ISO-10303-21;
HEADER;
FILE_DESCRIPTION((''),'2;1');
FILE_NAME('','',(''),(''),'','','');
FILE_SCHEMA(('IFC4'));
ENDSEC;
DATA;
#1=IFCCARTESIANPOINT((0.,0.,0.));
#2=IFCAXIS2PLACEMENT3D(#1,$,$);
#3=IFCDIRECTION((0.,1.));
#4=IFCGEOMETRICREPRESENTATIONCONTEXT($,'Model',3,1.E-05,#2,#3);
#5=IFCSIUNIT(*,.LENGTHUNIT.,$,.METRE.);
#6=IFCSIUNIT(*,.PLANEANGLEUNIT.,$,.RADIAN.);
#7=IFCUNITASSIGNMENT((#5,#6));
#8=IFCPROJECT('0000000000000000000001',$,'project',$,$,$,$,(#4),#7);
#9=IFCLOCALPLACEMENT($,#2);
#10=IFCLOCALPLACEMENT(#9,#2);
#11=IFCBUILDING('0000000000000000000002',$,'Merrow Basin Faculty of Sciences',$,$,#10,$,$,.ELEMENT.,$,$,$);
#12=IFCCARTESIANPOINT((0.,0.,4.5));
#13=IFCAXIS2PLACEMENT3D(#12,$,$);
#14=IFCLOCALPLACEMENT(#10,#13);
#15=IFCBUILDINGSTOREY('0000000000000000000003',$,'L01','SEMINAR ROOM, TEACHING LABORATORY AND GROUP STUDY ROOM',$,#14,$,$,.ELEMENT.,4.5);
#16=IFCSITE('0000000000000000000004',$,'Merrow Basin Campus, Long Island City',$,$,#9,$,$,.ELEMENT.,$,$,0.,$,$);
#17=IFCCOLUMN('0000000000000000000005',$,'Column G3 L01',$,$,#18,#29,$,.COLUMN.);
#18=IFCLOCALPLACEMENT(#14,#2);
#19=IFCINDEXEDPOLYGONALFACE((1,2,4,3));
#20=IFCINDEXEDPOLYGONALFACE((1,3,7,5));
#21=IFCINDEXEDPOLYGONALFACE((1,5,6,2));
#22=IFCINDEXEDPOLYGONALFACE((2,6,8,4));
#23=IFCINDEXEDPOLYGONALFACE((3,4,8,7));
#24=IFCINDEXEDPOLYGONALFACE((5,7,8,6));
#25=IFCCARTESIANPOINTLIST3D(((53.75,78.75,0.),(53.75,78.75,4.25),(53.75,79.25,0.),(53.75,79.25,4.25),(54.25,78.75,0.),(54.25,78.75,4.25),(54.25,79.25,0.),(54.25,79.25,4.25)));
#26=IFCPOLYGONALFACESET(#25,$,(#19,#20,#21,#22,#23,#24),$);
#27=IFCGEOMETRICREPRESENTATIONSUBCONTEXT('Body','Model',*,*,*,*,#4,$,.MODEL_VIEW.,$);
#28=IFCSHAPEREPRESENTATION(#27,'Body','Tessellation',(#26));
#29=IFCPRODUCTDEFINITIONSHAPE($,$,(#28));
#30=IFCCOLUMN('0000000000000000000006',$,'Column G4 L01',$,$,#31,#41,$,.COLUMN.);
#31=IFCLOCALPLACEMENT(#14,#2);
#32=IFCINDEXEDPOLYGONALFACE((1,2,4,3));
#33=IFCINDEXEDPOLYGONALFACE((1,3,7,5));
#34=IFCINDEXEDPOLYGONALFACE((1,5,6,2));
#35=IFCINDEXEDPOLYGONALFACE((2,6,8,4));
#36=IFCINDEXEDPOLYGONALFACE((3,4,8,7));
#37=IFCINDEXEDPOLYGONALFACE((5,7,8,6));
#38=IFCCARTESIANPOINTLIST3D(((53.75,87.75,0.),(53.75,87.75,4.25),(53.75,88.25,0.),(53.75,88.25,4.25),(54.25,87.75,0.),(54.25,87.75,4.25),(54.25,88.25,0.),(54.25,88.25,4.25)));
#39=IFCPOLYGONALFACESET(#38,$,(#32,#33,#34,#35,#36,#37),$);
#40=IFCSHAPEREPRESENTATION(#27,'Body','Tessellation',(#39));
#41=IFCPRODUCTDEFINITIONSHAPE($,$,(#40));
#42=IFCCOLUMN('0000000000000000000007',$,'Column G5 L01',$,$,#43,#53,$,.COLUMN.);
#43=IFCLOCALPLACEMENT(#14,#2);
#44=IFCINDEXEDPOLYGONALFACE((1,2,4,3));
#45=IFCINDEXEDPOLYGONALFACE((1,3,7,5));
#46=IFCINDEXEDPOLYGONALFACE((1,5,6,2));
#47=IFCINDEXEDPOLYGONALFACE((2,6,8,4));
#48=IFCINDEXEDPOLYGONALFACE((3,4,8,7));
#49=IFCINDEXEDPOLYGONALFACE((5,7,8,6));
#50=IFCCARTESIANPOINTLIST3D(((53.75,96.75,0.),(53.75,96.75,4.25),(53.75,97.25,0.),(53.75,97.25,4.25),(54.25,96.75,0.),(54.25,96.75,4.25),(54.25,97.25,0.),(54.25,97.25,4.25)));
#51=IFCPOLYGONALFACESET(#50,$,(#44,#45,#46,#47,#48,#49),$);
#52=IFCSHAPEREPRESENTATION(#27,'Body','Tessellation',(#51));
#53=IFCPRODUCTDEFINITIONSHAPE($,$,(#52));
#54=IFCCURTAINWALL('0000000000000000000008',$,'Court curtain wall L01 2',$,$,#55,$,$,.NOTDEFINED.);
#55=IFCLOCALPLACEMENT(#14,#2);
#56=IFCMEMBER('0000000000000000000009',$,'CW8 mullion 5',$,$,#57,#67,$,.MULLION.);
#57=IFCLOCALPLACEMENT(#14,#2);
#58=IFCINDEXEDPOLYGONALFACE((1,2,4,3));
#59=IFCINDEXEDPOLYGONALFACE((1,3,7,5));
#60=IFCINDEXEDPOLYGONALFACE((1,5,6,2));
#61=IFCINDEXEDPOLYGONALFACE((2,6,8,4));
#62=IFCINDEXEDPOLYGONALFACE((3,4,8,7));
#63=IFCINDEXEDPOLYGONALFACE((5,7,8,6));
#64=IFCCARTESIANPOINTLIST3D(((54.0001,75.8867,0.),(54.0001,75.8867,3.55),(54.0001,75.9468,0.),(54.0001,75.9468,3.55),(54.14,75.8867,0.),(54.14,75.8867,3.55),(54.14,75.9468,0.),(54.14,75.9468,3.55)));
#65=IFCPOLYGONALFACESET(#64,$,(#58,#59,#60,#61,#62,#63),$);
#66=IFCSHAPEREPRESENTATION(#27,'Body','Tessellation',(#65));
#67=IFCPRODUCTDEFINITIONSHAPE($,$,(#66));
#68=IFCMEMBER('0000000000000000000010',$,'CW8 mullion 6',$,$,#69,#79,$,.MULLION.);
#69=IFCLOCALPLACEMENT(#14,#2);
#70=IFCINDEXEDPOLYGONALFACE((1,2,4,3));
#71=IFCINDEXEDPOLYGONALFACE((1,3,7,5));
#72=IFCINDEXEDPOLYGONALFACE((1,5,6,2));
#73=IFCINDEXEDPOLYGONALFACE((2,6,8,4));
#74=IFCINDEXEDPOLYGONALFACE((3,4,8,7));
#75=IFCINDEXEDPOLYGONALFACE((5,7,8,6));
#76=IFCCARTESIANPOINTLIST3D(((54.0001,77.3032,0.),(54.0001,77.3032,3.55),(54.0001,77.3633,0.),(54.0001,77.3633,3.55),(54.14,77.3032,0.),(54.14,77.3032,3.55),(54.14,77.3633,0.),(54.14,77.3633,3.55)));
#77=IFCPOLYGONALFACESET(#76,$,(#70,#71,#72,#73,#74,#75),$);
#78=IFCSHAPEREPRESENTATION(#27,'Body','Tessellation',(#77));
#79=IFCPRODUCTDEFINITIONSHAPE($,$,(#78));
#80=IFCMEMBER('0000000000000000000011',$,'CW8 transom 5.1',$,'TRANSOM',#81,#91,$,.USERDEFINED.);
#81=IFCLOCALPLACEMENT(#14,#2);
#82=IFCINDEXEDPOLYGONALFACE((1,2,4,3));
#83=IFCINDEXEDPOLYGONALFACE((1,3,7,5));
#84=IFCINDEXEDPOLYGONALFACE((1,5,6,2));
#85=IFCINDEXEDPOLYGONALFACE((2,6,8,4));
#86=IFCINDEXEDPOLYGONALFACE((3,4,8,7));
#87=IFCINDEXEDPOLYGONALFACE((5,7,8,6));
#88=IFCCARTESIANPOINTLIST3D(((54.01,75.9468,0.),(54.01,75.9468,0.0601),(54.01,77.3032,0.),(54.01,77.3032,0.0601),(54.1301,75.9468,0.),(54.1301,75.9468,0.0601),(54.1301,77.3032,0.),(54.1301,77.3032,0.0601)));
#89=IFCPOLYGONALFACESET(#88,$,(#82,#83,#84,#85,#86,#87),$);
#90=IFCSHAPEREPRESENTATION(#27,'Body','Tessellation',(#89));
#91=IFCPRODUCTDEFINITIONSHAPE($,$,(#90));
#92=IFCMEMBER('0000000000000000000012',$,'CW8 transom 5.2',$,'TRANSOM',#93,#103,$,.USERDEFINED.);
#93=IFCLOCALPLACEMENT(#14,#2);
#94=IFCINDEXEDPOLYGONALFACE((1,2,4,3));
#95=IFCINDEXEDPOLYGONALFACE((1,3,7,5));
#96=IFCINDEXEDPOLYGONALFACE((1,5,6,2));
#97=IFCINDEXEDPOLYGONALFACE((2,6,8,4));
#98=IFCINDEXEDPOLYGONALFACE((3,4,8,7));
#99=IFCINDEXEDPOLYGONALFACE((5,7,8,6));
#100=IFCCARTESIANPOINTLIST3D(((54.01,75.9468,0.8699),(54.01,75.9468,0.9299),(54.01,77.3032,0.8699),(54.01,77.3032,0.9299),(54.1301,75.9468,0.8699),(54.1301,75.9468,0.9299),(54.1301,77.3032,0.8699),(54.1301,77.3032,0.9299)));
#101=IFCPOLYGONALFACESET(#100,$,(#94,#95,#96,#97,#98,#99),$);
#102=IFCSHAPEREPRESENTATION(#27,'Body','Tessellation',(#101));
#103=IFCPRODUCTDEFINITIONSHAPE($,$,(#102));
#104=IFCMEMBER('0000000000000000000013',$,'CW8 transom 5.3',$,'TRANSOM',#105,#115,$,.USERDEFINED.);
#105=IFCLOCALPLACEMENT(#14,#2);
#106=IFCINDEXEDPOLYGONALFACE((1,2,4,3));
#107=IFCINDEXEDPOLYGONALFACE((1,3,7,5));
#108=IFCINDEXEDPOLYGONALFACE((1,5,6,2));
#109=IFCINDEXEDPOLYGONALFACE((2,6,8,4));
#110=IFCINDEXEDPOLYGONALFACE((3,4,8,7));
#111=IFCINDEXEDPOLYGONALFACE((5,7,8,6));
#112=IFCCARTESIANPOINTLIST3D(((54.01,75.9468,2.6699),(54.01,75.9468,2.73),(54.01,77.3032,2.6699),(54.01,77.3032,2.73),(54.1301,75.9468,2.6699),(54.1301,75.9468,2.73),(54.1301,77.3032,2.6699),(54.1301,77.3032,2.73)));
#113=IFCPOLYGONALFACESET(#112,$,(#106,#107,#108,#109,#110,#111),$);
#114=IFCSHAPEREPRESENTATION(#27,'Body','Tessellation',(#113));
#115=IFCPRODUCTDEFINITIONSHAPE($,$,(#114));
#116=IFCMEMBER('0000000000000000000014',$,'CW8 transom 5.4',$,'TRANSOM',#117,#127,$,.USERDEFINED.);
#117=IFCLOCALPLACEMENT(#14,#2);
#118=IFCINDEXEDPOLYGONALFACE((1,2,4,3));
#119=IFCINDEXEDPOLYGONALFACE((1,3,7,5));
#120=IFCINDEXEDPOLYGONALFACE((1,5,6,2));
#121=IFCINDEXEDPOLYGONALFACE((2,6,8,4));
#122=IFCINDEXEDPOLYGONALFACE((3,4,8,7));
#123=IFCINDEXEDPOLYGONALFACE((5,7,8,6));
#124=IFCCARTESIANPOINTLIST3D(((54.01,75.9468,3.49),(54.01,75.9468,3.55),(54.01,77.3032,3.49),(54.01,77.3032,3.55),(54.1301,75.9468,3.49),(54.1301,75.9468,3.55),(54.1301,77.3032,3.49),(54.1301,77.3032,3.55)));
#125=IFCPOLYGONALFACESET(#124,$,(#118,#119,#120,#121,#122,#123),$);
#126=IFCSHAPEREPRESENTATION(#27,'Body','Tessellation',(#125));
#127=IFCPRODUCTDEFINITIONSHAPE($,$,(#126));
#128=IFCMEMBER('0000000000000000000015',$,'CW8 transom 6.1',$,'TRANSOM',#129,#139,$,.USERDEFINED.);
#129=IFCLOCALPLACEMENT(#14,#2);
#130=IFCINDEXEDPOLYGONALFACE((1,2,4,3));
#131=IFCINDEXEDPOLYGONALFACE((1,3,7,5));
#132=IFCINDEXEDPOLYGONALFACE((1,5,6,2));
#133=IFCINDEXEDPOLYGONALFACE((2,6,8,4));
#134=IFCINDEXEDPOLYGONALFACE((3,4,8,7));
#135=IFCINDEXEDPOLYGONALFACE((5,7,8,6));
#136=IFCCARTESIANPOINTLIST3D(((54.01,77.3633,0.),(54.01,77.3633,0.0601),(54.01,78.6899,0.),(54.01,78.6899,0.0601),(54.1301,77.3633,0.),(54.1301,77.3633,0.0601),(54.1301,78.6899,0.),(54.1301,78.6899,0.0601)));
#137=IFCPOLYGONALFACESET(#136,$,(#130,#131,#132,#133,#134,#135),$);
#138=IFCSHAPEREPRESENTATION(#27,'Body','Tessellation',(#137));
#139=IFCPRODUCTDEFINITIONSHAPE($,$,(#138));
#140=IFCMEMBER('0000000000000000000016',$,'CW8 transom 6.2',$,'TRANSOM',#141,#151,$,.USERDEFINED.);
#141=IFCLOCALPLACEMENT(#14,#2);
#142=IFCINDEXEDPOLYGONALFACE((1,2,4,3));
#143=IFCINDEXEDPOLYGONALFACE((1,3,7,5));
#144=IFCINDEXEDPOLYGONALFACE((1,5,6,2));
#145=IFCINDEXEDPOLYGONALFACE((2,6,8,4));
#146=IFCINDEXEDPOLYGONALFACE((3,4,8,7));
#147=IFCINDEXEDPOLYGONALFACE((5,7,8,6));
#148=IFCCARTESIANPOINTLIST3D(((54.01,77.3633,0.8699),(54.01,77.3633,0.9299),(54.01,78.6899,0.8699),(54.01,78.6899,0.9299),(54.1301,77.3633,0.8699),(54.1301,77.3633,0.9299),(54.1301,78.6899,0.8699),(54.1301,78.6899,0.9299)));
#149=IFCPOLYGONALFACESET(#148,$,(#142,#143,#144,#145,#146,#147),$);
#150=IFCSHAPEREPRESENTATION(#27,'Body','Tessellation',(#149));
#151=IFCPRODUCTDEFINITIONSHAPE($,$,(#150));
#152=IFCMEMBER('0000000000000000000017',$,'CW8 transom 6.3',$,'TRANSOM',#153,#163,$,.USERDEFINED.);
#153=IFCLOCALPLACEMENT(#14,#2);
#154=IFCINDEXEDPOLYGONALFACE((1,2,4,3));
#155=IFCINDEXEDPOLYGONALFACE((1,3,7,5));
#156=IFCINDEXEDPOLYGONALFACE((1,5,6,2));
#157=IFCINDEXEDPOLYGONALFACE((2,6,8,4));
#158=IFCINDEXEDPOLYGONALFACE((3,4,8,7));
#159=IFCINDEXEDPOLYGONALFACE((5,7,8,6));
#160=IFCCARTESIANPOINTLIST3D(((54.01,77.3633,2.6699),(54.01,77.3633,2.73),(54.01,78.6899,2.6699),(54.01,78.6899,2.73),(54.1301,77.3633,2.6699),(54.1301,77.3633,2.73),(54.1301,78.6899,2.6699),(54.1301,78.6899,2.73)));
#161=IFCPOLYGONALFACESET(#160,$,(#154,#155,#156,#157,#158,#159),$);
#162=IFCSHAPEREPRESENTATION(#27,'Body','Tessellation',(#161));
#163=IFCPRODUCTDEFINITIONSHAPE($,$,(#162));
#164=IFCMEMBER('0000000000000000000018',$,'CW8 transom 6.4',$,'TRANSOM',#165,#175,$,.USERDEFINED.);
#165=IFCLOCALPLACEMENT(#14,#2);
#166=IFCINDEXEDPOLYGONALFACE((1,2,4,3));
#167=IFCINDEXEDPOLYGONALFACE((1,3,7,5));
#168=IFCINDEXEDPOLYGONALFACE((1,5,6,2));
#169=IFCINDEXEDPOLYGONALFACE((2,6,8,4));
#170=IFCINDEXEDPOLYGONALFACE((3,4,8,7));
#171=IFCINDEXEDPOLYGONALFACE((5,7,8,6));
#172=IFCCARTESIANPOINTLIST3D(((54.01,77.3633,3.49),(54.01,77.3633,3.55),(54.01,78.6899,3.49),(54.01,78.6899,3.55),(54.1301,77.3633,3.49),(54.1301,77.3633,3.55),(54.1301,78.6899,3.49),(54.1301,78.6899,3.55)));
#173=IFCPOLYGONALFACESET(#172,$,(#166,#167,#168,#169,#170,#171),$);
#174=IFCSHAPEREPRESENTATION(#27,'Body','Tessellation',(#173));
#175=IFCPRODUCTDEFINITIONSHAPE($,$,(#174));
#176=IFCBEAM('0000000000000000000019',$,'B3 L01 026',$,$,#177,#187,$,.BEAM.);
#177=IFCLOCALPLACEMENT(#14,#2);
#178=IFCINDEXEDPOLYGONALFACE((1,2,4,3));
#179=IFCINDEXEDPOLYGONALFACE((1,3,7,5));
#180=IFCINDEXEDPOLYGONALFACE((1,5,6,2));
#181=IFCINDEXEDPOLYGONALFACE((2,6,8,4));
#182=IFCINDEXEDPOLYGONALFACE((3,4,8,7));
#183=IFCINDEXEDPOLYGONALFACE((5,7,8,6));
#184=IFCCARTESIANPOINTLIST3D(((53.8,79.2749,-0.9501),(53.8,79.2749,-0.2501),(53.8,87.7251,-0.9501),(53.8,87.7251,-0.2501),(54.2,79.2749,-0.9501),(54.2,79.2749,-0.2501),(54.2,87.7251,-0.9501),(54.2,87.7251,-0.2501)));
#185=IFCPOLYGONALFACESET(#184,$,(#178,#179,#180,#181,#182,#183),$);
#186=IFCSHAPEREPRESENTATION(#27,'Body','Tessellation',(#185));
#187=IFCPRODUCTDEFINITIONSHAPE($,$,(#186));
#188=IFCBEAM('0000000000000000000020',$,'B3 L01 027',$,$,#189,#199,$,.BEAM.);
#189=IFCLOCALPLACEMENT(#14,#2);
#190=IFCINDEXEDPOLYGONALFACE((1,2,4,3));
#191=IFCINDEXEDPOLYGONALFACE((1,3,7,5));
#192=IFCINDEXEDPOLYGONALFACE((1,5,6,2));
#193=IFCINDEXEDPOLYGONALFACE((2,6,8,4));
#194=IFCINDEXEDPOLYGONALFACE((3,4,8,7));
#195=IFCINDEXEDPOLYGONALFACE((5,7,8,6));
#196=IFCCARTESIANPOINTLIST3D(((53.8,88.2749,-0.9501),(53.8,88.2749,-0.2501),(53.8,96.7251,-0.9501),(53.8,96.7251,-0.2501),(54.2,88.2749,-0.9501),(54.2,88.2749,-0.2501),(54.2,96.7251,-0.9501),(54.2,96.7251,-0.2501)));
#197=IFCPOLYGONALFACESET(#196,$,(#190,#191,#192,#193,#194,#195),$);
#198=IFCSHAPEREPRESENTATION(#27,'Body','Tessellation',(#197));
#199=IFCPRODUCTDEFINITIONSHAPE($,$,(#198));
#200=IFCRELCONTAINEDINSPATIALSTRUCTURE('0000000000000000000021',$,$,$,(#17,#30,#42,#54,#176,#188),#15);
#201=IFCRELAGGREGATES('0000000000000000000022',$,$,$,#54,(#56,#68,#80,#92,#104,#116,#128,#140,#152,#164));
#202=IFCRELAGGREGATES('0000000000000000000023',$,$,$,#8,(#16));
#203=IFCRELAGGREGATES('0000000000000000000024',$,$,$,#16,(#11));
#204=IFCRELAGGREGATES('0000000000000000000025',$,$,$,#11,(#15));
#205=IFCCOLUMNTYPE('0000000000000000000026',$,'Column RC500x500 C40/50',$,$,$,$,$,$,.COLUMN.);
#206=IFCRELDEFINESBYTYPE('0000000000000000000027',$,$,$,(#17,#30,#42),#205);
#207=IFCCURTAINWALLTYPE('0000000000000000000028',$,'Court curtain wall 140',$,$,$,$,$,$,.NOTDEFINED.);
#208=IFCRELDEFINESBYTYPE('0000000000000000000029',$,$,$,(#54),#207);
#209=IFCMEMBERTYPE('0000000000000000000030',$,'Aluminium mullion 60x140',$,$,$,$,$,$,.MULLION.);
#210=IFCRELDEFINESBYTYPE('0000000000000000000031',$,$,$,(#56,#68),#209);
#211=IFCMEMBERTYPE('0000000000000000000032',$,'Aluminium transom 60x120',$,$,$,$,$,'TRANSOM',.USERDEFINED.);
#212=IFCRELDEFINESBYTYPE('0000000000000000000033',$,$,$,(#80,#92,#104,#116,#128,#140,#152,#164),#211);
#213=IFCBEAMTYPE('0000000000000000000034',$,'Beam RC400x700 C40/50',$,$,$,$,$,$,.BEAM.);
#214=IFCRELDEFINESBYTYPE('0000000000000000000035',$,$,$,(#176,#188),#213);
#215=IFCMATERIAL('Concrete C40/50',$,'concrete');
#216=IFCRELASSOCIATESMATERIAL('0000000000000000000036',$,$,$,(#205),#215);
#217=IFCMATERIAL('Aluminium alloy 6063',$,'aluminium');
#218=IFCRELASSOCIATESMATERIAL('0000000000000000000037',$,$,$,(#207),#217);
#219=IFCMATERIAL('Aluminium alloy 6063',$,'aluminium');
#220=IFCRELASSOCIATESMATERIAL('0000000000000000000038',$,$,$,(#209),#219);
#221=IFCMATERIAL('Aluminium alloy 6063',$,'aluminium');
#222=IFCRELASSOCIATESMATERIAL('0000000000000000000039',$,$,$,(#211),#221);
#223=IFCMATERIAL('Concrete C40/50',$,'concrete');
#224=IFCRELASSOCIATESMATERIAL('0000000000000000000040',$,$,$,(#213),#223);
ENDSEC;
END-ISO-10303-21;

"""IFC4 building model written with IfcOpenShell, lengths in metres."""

from ifc_helpers import new_model, si_unit, direction, frame, origin, origin_2d, place, context, subcontext, project, spatial, rectangle, extrude, material, material_profile, profile_set, type_object, element, aggregate, save


model = new_model("IFC4")

# Units and contexts
model_context = context("Model", 3, precision=1e-05, world=origin(), true_north=direction((0.0, 1.0)))
body_context = subcontext(model_context, "Body", "Model", "MODEL_VIEW")
ifc_project = project(units=[si_unit("LENGTHUNIT", "METRE"), si_unit("PLANEANGLEUNIT", "RADIAN")], contexts=[model_context])

# Site, building, storey
site_placement = place(None, origin())
site = spatial("IfcSite", under=ifc_project, at=site_placement, Name="Merrow Basin Campus, Long Island City", CompositionType="ELEMENT", RefElevation=0.0)
building_placement = place(site_placement, origin())
building = spatial("IfcBuilding", under=site, at=building_placement, Name="Merrow Basin Faculty of Sciences", CompositionType="ELEMENT")
storey_placement = place(building_placement, frame((0.0, 0.0, 4.5)))
storey = spatial("IfcBuildingStorey", under=building, at=storey_placement, Name="L01", Description="SEMINAR ROOM, TEACHING LABORATORY AND GROUP STUDY ROOM", CompositionType="ELEMENT", Elevation=4.5)

# Columns
ifc_material_1 = material(Name="Concrete C40/50", Category="concrete")
ifc_material_profile_1 = material_profile(ifc_material_1, rectangle(XDim=0.5, YDim=0.5, at=origin_2d()))
ifc_profile_set_1 = profile_set([ifc_material_profile_1], Name="Concrete C40/50")
column_type = type_object("IfcColumnType", Name="Column RC500x500 C40/50", PredefinedType="COLUMN", material=ifc_profile_set_1)
for number, where, z_axis, x_axis, name in (
    (1, (54.0, 79.0, 0.0), (0.0, 0.0, 1.0), (1.0, 0.0, 0.0), "Column G3 L01"),
    (2, (54.0, 88.0, 0.0), (0.0, 0.0, 1.0), (1.0, 0.0, 0.0), "Column G4 L01"),
    (3, (54.0, 97.0, 0.0), (0.0, 0.0, 1.0), (1.0, 0.0, 0.0), "Column G5 L01"),
):
    element("IfcColumn", number, at=place(storey_placement, frame(where, z_axis=z_axis, x_axis=x_axis)), inside=storey, type_object=column_type, Name=name, PredefinedType="COLUMN", context=body_context, shape_type="SweptSolid", body=[
        extrude(rectangle(XDim=0.5, YDim=0.5, at=origin_2d()), origin(), (0.0, 0.0, 1.0), 4.25),
    ])

# Curtain wall, members
ifc_material_2 = material(Name="Aluminium alloy 6063", Category="aluminium")
curtain_wall_type = type_object("IfcCurtainWallType", Name="Court curtain wall 140", PredefinedType="NOTDEFINED", material=ifc_material_2)
curtain_wall_placement = place(storey_placement, origin())
curtain_wall = element("IfcCurtainWall", 4, at=curtain_wall_placement, inside=storey, type_object=curtain_wall_type, Name="Court curtain wall L01 2", PredefinedType="NOTDEFINED")
ifc_material_3 = material(Name="Aluminium alloy 6063", Category="aluminium")
ifc_material_profile_2 = material_profile(ifc_material_3, rectangle(XDim=0.1399, YDim=0.0601, at=origin_2d()))
ifc_profile_set_2 = profile_set([ifc_material_profile_2], Name="Aluminium alloy 6063")
member_type_1 = type_object("IfcMemberType", Name="Aluminium mullion 60x140", PredefinedType="MULLION", material=ifc_profile_set_2)
member_1_placement = place(storey_placement, frame((54.0701, 75.9167, 0.0), z_axis=(0.0, 0.0, 1.0), x_axis=(-1.0, 0.0, 0.0)))
member_1 = element("IfcMember", 5, at=member_1_placement, type_object=member_type_1, Name="CW8 mullion 5", PredefinedType="MULLION", context=body_context, shape_type="SweptSolid", body=[
    extrude(rectangle(XDim=0.1399, YDim=0.0601, at=origin_2d()), origin(), (0.0, 0.0, 1.0), 3.55),
])
member_2_placement = place(storey_placement, frame((54.0701, 77.3333, 0.0), z_axis=(0.0, 0.0, 1.0), x_axis=(-1.0, 0.0, 0.0)))
member_2 = element("IfcMember", 6, at=member_2_placement, type_object=member_type_1, Name="CW8 mullion 6", PredefinedType="MULLION", context=body_context, shape_type="SweptSolid", body=[
    extrude(rectangle(XDim=0.1399, YDim=0.0601, at=origin_2d()), origin(), (0.0, 0.0, 1.0), 3.55),
])
ifc_material_4 = material(Name="Aluminium alloy 6063", Category="aluminium")
ifc_material_profile_3 = material_profile(ifc_material_4, rectangle(XDim=0.1201, YDim=0.0601, at=origin_2d()))
ifc_profile_set_3 = profile_set([ifc_material_profile_3], Name="Aluminium alloy 6063")
member_type_2 = type_object("IfcMemberType", Name="Aluminium transom 60x120", ElementType="TRANSOM", PredefinedType="USERDEFINED", material=ifc_profile_set_3)
member_3_placement = place(storey_placement, frame((54.0701, 75.9468, 0.03), z_axis=(0.0, 1.0, 0.0), x_axis=(-1.0, 0.0, 0.0)))
member_3 = element("IfcMember", 7, at=member_3_placement, type_object=member_type_2, Name="CW8 transom 5.1", ObjectType="TRANSOM", PredefinedType="USERDEFINED", context=body_context, shape_type="SweptSolid", body=[
    extrude(rectangle(XDim=0.1201, YDim=0.0601, at=origin_2d()), origin(), (0.0, 0.0, 1.0), 1.3564),
])
member_4_placement = place(storey_placement, frame((54.0701, 75.9468, 0.8999), z_axis=(0.0, 1.0, 0.0), x_axis=(-1.0, 0.0, 0.0)))
member_4 = element("IfcMember", 8, at=member_4_placement, type_object=member_type_2, Name="CW8 transom 5.2", ObjectType="TRANSOM", PredefinedType="USERDEFINED", context=body_context, shape_type="SweptSolid", body=[
    extrude(rectangle(XDim=0.1201, YDim=0.0601, at=origin_2d()), origin(), (0.0, 0.0, 1.0), 1.3564),
])
member_5_placement = place(storey_placement, frame((54.0701, 75.9468, 2.7), z_axis=(0.0, 1.0, 0.0), x_axis=(-1.0, 0.0, 0.0)))
member_5 = element("IfcMember", 9, at=member_5_placement, type_object=member_type_2, Name="CW8 transom 5.3", ObjectType="TRANSOM", PredefinedType="USERDEFINED", context=body_context, shape_type="SweptSolid", body=[
    extrude(rectangle(XDim=0.1201, YDim=0.0601, at=origin_2d()), origin(), (0.0, 0.0, 1.0), 1.3564),
])
member_6_placement = place(storey_placement, frame((54.0701, 75.9468, 3.52), z_axis=(0.0, 1.0, 0.0), x_axis=(-1.0, 0.0, 0.0)))
member_6 = element("IfcMember", 10, at=member_6_placement, type_object=member_type_2, Name="CW8 transom 5.4", ObjectType="TRANSOM", PredefinedType="USERDEFINED", context=body_context, shape_type="SweptSolid", body=[
    extrude(rectangle(XDim=0.1201, YDim=0.0601, at=origin_2d()), origin(), (0.0, 0.0, 1.0), 1.3564),
])
member_7_placement = place(storey_placement, frame((54.0701, 77.3633, 0.03), z_axis=(0.0, 1.0, 0.0), x_axis=(-1.0, 0.0, 0.0)))
member_7 = element("IfcMember", 11, at=member_7_placement, type_object=member_type_2, Name="CW8 transom 6.1", ObjectType="TRANSOM", PredefinedType="USERDEFINED", context=body_context, shape_type="SweptSolid", body=[
    extrude(rectangle(XDim=0.1201, YDim=0.0601, at=origin_2d()), origin(), (0.0, 0.0, 1.0), 1.3267),
])
member_8_placement = place(storey_placement, frame((54.0701, 77.3633, 0.8999), z_axis=(0.0, 1.0, 0.0), x_axis=(-1.0, 0.0, 0.0)))
member_8 = element("IfcMember", 12, at=member_8_placement, type_object=member_type_2, Name="CW8 transom 6.2", ObjectType="TRANSOM", PredefinedType="USERDEFINED", context=body_context, shape_type="SweptSolid", body=[
    extrude(rectangle(XDim=0.1201, YDim=0.0601, at=origin_2d()), origin(), (0.0, 0.0, 1.0), 1.3267),
])
member_9_placement = place(storey_placement, frame((54.0701, 77.3633, 2.7), z_axis=(0.0, 1.0, 0.0), x_axis=(-1.0, 0.0, 0.0)))
member_9 = element("IfcMember", 13, at=member_9_placement, type_object=member_type_2, Name="CW8 transom 6.3", ObjectType="TRANSOM", PredefinedType="USERDEFINED", context=body_context, shape_type="SweptSolid", body=[
    extrude(rectangle(XDim=0.1201, YDim=0.0601, at=origin_2d()), origin(), (0.0, 0.0, 1.0), 1.3267),
])
member_10_placement = place(storey_placement, frame((54.0701, 77.3633, 3.52), z_axis=(0.0, 1.0, 0.0), x_axis=(-1.0, 0.0, 0.0)))
member_10 = element("IfcMember", 14, at=member_10_placement, type_object=member_type_2, Name="CW8 transom 6.4", ObjectType="TRANSOM", PredefinedType="USERDEFINED", context=body_context, shape_type="SweptSolid", body=[
    extrude(rectangle(XDim=0.1201, YDim=0.0601, at=origin_2d()), origin(), (0.0, 0.0, 1.0), 1.3267),
])

# Beams
ifc_material_5 = material(Name="Concrete C40/50", Category="concrete")
ifc_material_profile_4 = material_profile(ifc_material_5, rectangle(XDim=0.3999, YDim=0.7, at=origin_2d()))
ifc_profile_set_4 = profile_set([ifc_material_profile_4], Name="Concrete C40/50")
beam_type = type_object("IfcBeamType", Name="Beam RC400x700 C40/50", PredefinedType="BEAM", material=ifc_profile_set_4)
for number, where, z_axis, x_axis, name in (
    (15, (54.0, 79.2749, -0.6001), (0.0, 1.0, 0.0), (-1.0, 0.0, 0.0), "B3 L01 026"),
    (16, (54.0, 88.2749, -0.6001), (0.0, 1.0, 0.0), (-1.0, 0.0, 0.0), "B3 L01 027"),
):
    element("IfcBeam", number, at=place(storey_placement, frame(where, z_axis=z_axis, x_axis=x_axis)), inside=storey, type_object=beam_type, Name=name, PredefinedType="BEAM", context=body_context, shape_type="SweptSolid", body=[
        extrude(rectangle(XDim=0.3999, YDim=0.7, at=origin_2d()), origin(), (0.0, 0.0, 1.0), 8.4502),
    ])

aggregate(curtain_wall, [member_1, member_2, member_3, member_4, member_5, member_6, member_7, member_8, member_9, member_10])

save(model, "model.ifc")
